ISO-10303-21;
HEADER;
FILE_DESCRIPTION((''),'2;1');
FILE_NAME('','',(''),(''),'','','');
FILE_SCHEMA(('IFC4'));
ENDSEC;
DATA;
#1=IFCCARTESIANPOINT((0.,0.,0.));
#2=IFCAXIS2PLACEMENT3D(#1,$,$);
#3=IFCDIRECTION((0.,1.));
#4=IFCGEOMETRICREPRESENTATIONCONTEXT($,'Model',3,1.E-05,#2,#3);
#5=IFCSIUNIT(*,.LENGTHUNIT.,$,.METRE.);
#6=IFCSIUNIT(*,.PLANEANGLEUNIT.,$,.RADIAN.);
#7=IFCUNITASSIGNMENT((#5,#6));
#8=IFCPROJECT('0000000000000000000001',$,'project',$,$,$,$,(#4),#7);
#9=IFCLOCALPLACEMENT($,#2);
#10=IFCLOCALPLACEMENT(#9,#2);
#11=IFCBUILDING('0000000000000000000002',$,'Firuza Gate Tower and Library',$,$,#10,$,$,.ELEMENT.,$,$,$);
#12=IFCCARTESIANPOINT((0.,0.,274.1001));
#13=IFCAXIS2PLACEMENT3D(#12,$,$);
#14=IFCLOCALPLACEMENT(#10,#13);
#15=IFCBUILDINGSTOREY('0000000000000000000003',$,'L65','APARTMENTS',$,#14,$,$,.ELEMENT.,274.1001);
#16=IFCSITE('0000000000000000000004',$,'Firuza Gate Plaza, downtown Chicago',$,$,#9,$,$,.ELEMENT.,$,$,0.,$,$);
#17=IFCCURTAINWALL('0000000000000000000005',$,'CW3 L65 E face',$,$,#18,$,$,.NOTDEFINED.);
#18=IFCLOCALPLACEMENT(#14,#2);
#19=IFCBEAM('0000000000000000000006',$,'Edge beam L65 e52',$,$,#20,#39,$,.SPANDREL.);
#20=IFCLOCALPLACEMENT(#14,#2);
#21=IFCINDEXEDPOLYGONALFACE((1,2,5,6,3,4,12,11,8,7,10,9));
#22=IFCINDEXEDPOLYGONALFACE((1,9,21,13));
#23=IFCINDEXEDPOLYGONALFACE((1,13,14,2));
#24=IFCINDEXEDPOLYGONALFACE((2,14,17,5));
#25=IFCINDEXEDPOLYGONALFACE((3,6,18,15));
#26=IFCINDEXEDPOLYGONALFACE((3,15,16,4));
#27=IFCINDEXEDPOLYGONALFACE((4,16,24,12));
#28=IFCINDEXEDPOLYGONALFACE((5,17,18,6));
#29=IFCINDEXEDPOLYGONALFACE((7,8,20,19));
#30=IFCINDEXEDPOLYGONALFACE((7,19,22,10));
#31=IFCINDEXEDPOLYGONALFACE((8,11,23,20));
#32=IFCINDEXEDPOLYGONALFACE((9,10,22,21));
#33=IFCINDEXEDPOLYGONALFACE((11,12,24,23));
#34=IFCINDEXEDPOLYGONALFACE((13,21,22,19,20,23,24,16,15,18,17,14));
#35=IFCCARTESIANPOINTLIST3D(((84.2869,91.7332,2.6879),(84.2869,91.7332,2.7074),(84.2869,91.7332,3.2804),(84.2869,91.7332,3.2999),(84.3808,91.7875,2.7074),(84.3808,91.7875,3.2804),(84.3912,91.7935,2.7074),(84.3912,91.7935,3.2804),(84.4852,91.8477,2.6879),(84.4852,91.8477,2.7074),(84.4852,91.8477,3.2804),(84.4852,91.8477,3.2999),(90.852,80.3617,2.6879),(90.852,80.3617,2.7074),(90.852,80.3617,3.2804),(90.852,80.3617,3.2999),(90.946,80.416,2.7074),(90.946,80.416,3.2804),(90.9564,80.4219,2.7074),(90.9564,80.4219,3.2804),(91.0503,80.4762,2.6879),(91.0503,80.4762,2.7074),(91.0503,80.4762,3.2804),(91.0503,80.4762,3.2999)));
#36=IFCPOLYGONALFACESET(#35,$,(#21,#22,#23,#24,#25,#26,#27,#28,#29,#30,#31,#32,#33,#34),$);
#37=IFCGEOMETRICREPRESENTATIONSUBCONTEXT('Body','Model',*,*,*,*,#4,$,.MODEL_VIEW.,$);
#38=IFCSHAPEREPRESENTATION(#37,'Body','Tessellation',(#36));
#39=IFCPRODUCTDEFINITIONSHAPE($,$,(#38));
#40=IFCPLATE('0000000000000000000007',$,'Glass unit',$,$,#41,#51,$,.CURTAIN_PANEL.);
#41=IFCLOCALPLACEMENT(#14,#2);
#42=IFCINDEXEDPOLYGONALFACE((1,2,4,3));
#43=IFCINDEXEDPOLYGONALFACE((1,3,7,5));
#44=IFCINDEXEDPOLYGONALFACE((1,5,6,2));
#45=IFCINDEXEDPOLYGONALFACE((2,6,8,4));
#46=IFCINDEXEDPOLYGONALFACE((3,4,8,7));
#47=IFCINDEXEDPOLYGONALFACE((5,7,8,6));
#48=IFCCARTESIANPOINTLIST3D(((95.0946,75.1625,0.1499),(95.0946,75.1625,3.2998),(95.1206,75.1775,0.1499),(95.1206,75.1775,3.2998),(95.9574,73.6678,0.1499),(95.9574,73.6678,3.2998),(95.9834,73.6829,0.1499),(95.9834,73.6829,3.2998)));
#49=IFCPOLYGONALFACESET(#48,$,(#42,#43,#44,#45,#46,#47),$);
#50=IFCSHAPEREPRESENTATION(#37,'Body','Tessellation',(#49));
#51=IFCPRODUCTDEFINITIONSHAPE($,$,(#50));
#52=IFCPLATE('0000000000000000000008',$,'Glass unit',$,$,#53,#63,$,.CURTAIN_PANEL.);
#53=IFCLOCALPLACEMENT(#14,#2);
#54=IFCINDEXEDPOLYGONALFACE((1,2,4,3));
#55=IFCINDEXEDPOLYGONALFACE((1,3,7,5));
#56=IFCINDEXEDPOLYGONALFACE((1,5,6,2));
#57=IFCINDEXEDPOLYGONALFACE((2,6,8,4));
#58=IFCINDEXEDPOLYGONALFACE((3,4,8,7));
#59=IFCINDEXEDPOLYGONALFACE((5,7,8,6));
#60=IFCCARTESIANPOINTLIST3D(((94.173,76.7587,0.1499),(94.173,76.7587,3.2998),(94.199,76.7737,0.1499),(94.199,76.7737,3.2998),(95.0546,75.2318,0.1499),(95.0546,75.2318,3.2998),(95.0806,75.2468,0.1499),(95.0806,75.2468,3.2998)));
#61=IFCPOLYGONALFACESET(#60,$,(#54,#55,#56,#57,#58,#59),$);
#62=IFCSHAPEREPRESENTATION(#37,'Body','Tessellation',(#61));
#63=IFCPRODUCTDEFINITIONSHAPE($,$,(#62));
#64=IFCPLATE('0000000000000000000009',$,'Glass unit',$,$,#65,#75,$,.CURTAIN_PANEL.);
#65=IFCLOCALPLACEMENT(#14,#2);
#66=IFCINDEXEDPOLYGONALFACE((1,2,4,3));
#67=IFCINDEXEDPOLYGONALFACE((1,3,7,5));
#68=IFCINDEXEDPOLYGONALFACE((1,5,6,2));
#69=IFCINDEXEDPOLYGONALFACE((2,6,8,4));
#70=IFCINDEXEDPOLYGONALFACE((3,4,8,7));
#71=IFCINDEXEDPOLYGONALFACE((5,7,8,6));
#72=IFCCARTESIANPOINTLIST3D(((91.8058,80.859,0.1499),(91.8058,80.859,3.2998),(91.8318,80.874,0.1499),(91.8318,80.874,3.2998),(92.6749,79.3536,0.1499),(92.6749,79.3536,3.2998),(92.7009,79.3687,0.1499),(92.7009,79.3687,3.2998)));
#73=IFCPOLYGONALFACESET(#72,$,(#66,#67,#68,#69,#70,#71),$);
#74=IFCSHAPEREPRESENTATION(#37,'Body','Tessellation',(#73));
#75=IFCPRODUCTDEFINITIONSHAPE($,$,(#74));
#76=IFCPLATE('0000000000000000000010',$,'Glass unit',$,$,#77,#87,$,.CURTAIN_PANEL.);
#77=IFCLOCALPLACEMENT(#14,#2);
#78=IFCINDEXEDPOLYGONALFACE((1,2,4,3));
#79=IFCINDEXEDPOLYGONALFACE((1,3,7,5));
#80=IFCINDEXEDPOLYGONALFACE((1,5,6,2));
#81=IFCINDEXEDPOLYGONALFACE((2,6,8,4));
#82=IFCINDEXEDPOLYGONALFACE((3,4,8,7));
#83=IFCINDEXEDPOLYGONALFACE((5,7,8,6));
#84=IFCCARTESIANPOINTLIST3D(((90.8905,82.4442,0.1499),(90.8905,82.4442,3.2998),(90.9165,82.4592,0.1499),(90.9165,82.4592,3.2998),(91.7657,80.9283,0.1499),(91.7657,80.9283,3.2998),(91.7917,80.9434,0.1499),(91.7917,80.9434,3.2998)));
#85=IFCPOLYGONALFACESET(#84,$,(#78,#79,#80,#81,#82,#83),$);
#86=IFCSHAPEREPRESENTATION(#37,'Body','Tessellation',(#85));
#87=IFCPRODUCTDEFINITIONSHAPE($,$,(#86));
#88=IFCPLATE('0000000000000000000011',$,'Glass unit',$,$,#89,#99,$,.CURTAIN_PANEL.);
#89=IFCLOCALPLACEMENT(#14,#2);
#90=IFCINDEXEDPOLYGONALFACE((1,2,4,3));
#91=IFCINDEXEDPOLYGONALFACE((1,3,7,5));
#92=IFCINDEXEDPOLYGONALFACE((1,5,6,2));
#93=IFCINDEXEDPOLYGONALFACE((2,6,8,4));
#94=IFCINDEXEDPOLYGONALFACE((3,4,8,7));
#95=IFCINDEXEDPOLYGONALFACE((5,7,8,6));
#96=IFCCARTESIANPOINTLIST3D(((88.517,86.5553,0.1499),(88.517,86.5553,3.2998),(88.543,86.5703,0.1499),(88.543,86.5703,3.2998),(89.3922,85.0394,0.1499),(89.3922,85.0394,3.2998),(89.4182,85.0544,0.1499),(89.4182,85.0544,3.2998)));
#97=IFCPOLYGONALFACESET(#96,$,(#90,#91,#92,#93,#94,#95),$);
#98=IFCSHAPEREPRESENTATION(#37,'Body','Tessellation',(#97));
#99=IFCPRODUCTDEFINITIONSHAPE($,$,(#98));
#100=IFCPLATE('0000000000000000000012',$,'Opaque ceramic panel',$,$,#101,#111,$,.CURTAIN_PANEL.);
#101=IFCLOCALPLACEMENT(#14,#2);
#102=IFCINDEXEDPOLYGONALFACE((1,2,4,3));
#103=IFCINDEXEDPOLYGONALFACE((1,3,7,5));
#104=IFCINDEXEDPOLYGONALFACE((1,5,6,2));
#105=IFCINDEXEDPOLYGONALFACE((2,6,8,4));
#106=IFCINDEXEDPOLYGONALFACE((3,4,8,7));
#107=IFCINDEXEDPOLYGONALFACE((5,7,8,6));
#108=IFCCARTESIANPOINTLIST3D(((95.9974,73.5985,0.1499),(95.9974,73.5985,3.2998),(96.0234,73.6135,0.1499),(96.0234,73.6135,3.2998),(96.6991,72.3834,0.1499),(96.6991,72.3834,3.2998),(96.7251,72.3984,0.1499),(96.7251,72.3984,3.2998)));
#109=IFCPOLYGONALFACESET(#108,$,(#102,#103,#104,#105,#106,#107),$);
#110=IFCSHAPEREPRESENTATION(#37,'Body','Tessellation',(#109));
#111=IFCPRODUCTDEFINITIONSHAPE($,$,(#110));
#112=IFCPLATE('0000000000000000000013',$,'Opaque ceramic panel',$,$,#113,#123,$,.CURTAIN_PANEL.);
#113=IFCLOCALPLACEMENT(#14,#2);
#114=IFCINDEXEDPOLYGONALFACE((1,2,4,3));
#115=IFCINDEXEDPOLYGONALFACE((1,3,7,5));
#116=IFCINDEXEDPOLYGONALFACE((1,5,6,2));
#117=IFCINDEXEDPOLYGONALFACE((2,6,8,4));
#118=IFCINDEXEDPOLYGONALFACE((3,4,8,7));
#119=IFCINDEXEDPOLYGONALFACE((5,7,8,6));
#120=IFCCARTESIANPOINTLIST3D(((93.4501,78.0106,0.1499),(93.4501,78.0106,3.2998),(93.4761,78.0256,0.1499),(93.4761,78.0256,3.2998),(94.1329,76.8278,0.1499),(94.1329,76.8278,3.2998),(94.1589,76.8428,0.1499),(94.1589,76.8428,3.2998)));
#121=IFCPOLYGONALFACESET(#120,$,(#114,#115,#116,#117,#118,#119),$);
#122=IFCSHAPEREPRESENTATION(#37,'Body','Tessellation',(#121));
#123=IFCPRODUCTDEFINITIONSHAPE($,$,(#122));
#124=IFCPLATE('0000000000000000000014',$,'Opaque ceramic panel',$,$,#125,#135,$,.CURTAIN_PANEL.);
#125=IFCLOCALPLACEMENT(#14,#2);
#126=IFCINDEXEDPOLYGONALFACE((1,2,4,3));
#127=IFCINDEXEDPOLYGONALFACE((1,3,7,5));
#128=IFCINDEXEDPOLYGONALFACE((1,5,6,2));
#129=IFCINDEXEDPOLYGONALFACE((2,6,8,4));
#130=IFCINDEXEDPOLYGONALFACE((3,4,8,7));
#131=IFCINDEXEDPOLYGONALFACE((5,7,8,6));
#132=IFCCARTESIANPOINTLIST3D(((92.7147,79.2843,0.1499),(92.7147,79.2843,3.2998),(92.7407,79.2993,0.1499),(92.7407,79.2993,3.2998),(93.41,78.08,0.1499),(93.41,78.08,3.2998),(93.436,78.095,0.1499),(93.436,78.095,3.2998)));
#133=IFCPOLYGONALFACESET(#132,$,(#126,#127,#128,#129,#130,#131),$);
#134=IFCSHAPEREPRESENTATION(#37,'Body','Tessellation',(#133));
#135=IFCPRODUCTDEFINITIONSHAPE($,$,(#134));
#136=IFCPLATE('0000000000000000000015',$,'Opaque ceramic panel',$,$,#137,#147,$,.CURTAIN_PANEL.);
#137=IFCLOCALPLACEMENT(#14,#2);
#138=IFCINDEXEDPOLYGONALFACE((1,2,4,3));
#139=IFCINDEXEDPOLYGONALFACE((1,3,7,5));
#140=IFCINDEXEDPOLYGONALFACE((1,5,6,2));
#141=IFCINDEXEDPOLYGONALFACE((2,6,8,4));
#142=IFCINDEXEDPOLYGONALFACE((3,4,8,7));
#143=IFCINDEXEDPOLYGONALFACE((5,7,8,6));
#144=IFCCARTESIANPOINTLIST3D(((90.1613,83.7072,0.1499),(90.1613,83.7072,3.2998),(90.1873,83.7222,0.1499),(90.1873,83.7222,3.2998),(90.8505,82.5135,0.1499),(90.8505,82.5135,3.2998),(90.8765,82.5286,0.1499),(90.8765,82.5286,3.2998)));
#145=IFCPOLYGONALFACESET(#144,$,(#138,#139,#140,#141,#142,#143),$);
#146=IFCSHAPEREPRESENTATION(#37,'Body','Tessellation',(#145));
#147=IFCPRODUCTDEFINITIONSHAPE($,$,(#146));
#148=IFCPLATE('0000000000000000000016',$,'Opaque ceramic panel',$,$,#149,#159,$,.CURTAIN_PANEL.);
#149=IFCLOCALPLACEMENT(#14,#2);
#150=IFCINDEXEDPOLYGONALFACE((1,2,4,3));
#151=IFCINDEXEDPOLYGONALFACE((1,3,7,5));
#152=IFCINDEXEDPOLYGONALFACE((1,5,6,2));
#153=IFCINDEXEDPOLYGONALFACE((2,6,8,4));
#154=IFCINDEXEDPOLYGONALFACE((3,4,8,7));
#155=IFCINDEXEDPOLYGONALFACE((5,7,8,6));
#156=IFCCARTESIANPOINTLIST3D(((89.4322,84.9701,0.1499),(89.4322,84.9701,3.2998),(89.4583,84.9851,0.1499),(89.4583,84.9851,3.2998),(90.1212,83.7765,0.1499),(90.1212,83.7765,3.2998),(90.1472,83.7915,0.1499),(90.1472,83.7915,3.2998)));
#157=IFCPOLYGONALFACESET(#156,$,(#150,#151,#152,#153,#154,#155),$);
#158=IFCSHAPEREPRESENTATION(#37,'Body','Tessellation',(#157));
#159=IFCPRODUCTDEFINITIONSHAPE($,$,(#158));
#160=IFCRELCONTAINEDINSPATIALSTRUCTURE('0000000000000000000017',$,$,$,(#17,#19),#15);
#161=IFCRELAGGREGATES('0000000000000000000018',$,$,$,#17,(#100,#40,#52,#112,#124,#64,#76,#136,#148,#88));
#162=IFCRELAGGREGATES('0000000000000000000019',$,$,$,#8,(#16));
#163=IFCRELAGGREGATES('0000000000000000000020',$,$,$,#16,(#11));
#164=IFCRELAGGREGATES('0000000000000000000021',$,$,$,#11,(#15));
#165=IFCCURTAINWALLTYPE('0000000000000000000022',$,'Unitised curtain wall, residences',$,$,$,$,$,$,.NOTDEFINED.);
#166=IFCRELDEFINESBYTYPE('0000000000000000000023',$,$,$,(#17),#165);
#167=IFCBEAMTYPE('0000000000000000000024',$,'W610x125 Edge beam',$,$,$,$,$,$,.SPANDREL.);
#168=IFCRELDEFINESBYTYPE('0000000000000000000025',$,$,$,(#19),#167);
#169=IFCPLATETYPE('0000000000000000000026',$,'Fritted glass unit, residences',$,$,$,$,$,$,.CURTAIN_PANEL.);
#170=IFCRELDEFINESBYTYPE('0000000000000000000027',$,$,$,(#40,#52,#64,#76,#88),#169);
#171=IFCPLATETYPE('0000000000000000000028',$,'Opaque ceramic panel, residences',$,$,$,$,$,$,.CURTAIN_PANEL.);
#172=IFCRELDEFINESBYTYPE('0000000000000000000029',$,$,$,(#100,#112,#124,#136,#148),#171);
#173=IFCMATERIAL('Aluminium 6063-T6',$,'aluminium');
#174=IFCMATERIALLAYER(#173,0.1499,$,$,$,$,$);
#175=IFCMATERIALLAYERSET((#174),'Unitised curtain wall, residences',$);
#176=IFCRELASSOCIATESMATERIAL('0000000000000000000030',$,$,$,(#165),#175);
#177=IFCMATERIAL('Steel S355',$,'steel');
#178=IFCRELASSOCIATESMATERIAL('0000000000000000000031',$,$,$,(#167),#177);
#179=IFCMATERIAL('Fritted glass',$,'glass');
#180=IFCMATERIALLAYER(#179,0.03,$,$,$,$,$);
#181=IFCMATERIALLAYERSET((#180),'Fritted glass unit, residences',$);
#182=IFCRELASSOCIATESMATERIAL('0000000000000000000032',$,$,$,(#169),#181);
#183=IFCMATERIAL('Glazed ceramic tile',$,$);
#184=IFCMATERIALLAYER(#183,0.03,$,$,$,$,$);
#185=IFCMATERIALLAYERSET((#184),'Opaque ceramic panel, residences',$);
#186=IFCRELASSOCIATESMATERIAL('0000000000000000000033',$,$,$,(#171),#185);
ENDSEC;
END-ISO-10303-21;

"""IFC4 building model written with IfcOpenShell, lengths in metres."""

from ifc_helpers import new_model, si_unit, direction, frame, origin, origin_2d, place, context, subcontext, project, spatial, polyline, i_section, outline, extrude, material, layer, layer_set, material_profile, profile_set, type_object, element, aggregate, save


model = new_model("IFC4")

# Units and contexts
model_context = context("Model", 3, precision=1e-05, world=origin(), true_north=direction((0.0, 1.0)))
body_context = subcontext(model_context, "Body", "Model", "MODEL_VIEW")
ifc_project = project(units=[si_unit("LENGTHUNIT", "METRE"), si_unit("PLANEANGLEUNIT", "RADIAN")], contexts=[model_context])

# Site, building, storey
site_placement = place(None, origin())
site = spatial("IfcSite", under=ifc_project, at=site_placement, Name="Firuza Gate Plaza, downtown Chicago", CompositionType="ELEMENT", RefElevation=0.0)
building_placement = place(site_placement, origin())
building = spatial("IfcBuilding", under=site, at=building_placement, Name="Firuza Gate Tower and Library", CompositionType="ELEMENT")
storey_placement = place(building_placement, frame((0.0, 0.0, 274.1001)))
storey = spatial("IfcBuildingStorey", under=building, at=storey_placement, Name="L65", Description="APARTMENTS", CompositionType="ELEMENT", Elevation=274.1001)

# Curtain wall
ifc_material_1 = material(Name="Aluminium 6063-T6", Category="aluminium")
ifc_layer_1 = layer(ifc_material_1, 0.1499)
ifc_layer_set_1 = layer_set([ifc_layer_1], Name="Unitised curtain wall, residences")
curtain_wall_type = type_object("IfcCurtainWallType", Name="Unitised curtain wall, residences", PredefinedType="NOTDEFINED", material=ifc_layer_set_1)
curtain_wall_placement = place(storey_placement, origin())
curtain_wall = element("IfcCurtainWall", 1, at=curtain_wall_placement, inside=storey, type_object=curtain_wall_type, Name="CW3 L65 E face", PredefinedType="NOTDEFINED")

# Beam
ifc_material_2 = material(Name="Steel S355", Category="steel")
ifc_material_profile_1 = material_profile(ifc_material_2, i_section(OverallWidth=0.229, OverallDepth=0.6121, WebThickness=0.012, FlangeThickness=0.0195, at=origin_2d()))
ifc_profile_set_1 = profile_set([ifc_material_profile_1], Name="Steel S355")
beam_type_1 = type_object("IfcBeamType", Name="W610x125 Edge beam", PredefinedType="SPANDREL", material=ifc_profile_set_1)
beam_1_placement = place(storey_placement, frame((90.9512, 80.4189, 2.9939), z_axis=(-0.499989, 0.866032, 0.0), x_axis=(-0.866032, -0.499989, 0.0)))
element("IfcBeam", 2, at=beam_1_placement, inside=storey, type_object=beam_type_1, Name="Edge beam L65 e52", PredefinedType="SPANDREL", context=body_context, shape_type="SweptSolid", body=[
    extrude(i_section(OverallWidth=0.229, OverallDepth=0.6121, WebThickness=0.012, FlangeThickness=0.0195, at=origin_2d()), origin(), (0.0, 0.0, 1.0), 13.1306),
])

# Plates
ifc_material_3 = material(Name="Fritted glass", Category="glass")
ifc_layer_2 = layer(ifc_material_3, 0.03)
ifc_layer_set_2 = layer_set([ifc_layer_2], Name="Fritted glass unit, residences")
plate_type_1 = type_object("IfcPlateType", Name="Fritted glass unit, residences", PredefinedType="CURTAIN_PANEL", material=ifc_layer_set_2)
plate_1_placement = place(storey_placement, frame((95.9834, 73.6829, 0.1499), z_axis=(0.866058, 0.499943, 0.0), x_axis=(-0.499943, 0.866058, 0.0)))
plate_1 = element("IfcPlate", 3, at=plate_1_placement, type_object=plate_type_1, Name="Glass unit", PredefinedType="CURTAIN_PANEL", context=body_context, shape_type="SweptSolid", body=[
    extrude(outline(polyline([(0.0, 0.0), (1.7258, 0.0), (1.7258, 3.1499), (0.0, 3.1499), (0.0, 0.0)])), origin(), (0.0, 0.0, -1.0), 0.03),
])
plate_2_placement = place(storey_placement, frame((95.0806, 75.2468, 0.1499), z_axis=(0.86601, 0.500026, 0.0), x_axis=(-0.500026, 0.86601, 0.0)))
plate_2 = element("IfcPlate", 4, at=plate_2_placement, type_object=plate_type_1, Name="Glass unit", PredefinedType="CURTAIN_PANEL", context=body_context, shape_type="SweptSolid", body=[
    extrude(outline(polyline([(0.0, 0.0), (1.7631, 0.0), (1.7631, 3.1499), (0.0, 3.1499), (0.0, 0.0)])), origin(), (0.0, 0.0, -1.0), 0.03),
])
plate_3_placement = place(storey_placement, frame((92.7009, 79.3687, 0.1499), z_axis=(0.866022, 0.500006, 0.0), x_axis=(-0.500006, 0.866022, 0.0)))
plate_3 = element("IfcPlate", 5, at=plate_3_placement, type_object=plate_type_1, Name="Glass unit", PredefinedType="CURTAIN_PANEL", context=body_context, shape_type="SweptSolid", body=[
    extrude(outline(polyline([(0.0, 0.0), (1.7383, 0.0), (1.7383, 3.1499), (0.0, 3.1499), (0.0, 0.0)])), origin(), (0.0, 0.0, -1.0), 0.03),
])
plate_4_placement = place(storey_placement, frame((91.7917, 80.9434, 0.1499), z_axis=(0.866011, 0.500024, 0.0), x_axis=(-0.500024, 0.866011, 0.0)))
plate_4 = element("IfcPlate", 6, at=plate_4_placement, type_object=plate_type_1, Name="Glass unit", PredefinedType="CURTAIN_PANEL", context=body_context, shape_type="SweptSolid", body=[
    extrude(outline(polyline([(0.0, 0.0), (1.7504, 0.0), (1.7504, 3.1499), (0.0, 3.1499), (0.0, 0.0)])), origin(), (0.0, 0.0, -1.0), 0.03),
])
plate_5_placement = place(storey_placement, frame((89.4182, 85.0544, 0.1499), z_axis=(0.866011, 0.500024, 0.0), x_axis=(-0.500024, 0.866011, 0.0)))
plate_5 = element("IfcPlate", 7, at=plate_5_placement, type_object=plate_type_1, Name="Glass unit", PredefinedType="CURTAIN_PANEL", context=body_context, shape_type="SweptSolid", body=[
    extrude(outline(polyline([(0.0, 0.0), (1.7504, 0.0), (1.7504, 3.1499), (0.0, 3.1499), (0.0, 0.0)])), origin(), (0.0, 0.0, -1.0), 0.03),
])
ifc_material_4 = material(Name="Glazed ceramic tile")
ifc_layer_3 = layer(ifc_material_4, 0.03)
ifc_layer_set_3 = layer_set([ifc_layer_3], Name="Opaque ceramic panel, residences")
plate_type_2 = type_object("IfcPlateType", Name="Opaque ceramic panel, residences", PredefinedType="CURTAIN_PANEL", material=ifc_layer_set_3)
plate_6_placement = place(storey_placement, frame((96.7251, 72.3984, 0.1499), z_axis=(0.865986, 0.500069, 0.0), x_axis=(-0.500069, 0.865986, 0.0)))
plate_6 = element("IfcPlate", 8, at=plate_6_placement, type_object=plate_type_2, Name="Opaque ceramic panel", PredefinedType="CURTAIN_PANEL", context=body_context, shape_type="SweptSolid", body=[
    extrude(outline(polyline([(0.0, 0.0), (1.4031, 0.0), (1.4031, 3.1499), (0.0, 3.1499), (0.0, 0.0)])), origin(), (0.0, 0.0, -1.0), 0.03),
])
plate_7_placement = place(storey_placement, frame((94.1589, 76.8428, 0.1499), z_axis=(0.866046, 0.499965, 0.0), x_axis=(-0.499965, 0.866046, 0.0)))
plate_7 = element("IfcPlate", 9, at=plate_7_placement, type_object=plate_type_2, Name="Opaque ceramic panel", PredefinedType="CURTAIN_PANEL", context=body_context, shape_type="SweptSolid", body=[
    extrude(outline(polyline([(0.0, 0.0), (1.3658, 0.0), (1.3658, 3.1499), (0.0, 3.1499), (0.0, 0.0)])), origin(), (0.0, 0.0, -1.0), 0.03),
])
plate_8_placement = place(storey_placement, frame((93.436, 78.095, 0.1499), z_axis=(0.866031, 0.499991, 0.0), x_axis=(-0.499991, 0.866031, 0.0)))
plate_8 = element("IfcPlate", 10, at=plate_8_placement, type_object=plate_type_2, Name="Opaque ceramic panel", PredefinedType="CURTAIN_PANEL", context=body_context, shape_type="SweptSolid", body=[
    extrude(outline(polyline([(0.0, 0.0), (1.3907, 0.0), (1.3907, 3.1499), (0.0, 3.1499), (0.0, 0.0)])), origin(), (0.0, 0.0, -1.0), 0.03),
])
plate_9_placement = place(storey_placement, frame((90.8765, 82.5286, 0.1499), z_axis=(0.866, 0.500044, 0.0), x_axis=(-0.500044, 0.866, 0.0)))
plate_9 = element("IfcPlate", 11, at=plate_9_placement, type_object=plate_type_2, Name="Opaque ceramic panel", PredefinedType="CURTAIN_PANEL", context=body_context, shape_type="SweptSolid", body=[
    extrude(outline(polyline([(0.0, 0.0), (1.3783, 0.0), (1.3783, 3.1499), (0.0, 3.1499), (0.0, 0.0)])), origin(), (0.0, 0.0, -1.0), 0.03),
])
plate_10_placement = place(storey_placement, frame((90.1472, 83.7915, 0.1499), z_axis=(0.866076, 0.499912, 0.0), x_axis=(-0.499912, 0.866076, 0.0)))
plate_10 = element("IfcPlate", 12, at=plate_10_placement, type_object=plate_type_2, Name="Opaque ceramic panel", PredefinedType="CURTAIN_PANEL", context=body_context, shape_type="SweptSolid", body=[
    extrude(outline(polyline([(0.0, 0.0), (1.3782, 0.0), (1.3782, 3.1499), (0.0, 3.1499), (0.0, 0.0)])), origin(), (0.0, 0.0, -1.0), 0.03),
])
aggregate(curtain_wall, [plate_6, plate_1, plate_2, plate_7, plate_8, plate_3, plate_4, plate_9, plate_10, plate_5])

save(model, "model.ifc")
